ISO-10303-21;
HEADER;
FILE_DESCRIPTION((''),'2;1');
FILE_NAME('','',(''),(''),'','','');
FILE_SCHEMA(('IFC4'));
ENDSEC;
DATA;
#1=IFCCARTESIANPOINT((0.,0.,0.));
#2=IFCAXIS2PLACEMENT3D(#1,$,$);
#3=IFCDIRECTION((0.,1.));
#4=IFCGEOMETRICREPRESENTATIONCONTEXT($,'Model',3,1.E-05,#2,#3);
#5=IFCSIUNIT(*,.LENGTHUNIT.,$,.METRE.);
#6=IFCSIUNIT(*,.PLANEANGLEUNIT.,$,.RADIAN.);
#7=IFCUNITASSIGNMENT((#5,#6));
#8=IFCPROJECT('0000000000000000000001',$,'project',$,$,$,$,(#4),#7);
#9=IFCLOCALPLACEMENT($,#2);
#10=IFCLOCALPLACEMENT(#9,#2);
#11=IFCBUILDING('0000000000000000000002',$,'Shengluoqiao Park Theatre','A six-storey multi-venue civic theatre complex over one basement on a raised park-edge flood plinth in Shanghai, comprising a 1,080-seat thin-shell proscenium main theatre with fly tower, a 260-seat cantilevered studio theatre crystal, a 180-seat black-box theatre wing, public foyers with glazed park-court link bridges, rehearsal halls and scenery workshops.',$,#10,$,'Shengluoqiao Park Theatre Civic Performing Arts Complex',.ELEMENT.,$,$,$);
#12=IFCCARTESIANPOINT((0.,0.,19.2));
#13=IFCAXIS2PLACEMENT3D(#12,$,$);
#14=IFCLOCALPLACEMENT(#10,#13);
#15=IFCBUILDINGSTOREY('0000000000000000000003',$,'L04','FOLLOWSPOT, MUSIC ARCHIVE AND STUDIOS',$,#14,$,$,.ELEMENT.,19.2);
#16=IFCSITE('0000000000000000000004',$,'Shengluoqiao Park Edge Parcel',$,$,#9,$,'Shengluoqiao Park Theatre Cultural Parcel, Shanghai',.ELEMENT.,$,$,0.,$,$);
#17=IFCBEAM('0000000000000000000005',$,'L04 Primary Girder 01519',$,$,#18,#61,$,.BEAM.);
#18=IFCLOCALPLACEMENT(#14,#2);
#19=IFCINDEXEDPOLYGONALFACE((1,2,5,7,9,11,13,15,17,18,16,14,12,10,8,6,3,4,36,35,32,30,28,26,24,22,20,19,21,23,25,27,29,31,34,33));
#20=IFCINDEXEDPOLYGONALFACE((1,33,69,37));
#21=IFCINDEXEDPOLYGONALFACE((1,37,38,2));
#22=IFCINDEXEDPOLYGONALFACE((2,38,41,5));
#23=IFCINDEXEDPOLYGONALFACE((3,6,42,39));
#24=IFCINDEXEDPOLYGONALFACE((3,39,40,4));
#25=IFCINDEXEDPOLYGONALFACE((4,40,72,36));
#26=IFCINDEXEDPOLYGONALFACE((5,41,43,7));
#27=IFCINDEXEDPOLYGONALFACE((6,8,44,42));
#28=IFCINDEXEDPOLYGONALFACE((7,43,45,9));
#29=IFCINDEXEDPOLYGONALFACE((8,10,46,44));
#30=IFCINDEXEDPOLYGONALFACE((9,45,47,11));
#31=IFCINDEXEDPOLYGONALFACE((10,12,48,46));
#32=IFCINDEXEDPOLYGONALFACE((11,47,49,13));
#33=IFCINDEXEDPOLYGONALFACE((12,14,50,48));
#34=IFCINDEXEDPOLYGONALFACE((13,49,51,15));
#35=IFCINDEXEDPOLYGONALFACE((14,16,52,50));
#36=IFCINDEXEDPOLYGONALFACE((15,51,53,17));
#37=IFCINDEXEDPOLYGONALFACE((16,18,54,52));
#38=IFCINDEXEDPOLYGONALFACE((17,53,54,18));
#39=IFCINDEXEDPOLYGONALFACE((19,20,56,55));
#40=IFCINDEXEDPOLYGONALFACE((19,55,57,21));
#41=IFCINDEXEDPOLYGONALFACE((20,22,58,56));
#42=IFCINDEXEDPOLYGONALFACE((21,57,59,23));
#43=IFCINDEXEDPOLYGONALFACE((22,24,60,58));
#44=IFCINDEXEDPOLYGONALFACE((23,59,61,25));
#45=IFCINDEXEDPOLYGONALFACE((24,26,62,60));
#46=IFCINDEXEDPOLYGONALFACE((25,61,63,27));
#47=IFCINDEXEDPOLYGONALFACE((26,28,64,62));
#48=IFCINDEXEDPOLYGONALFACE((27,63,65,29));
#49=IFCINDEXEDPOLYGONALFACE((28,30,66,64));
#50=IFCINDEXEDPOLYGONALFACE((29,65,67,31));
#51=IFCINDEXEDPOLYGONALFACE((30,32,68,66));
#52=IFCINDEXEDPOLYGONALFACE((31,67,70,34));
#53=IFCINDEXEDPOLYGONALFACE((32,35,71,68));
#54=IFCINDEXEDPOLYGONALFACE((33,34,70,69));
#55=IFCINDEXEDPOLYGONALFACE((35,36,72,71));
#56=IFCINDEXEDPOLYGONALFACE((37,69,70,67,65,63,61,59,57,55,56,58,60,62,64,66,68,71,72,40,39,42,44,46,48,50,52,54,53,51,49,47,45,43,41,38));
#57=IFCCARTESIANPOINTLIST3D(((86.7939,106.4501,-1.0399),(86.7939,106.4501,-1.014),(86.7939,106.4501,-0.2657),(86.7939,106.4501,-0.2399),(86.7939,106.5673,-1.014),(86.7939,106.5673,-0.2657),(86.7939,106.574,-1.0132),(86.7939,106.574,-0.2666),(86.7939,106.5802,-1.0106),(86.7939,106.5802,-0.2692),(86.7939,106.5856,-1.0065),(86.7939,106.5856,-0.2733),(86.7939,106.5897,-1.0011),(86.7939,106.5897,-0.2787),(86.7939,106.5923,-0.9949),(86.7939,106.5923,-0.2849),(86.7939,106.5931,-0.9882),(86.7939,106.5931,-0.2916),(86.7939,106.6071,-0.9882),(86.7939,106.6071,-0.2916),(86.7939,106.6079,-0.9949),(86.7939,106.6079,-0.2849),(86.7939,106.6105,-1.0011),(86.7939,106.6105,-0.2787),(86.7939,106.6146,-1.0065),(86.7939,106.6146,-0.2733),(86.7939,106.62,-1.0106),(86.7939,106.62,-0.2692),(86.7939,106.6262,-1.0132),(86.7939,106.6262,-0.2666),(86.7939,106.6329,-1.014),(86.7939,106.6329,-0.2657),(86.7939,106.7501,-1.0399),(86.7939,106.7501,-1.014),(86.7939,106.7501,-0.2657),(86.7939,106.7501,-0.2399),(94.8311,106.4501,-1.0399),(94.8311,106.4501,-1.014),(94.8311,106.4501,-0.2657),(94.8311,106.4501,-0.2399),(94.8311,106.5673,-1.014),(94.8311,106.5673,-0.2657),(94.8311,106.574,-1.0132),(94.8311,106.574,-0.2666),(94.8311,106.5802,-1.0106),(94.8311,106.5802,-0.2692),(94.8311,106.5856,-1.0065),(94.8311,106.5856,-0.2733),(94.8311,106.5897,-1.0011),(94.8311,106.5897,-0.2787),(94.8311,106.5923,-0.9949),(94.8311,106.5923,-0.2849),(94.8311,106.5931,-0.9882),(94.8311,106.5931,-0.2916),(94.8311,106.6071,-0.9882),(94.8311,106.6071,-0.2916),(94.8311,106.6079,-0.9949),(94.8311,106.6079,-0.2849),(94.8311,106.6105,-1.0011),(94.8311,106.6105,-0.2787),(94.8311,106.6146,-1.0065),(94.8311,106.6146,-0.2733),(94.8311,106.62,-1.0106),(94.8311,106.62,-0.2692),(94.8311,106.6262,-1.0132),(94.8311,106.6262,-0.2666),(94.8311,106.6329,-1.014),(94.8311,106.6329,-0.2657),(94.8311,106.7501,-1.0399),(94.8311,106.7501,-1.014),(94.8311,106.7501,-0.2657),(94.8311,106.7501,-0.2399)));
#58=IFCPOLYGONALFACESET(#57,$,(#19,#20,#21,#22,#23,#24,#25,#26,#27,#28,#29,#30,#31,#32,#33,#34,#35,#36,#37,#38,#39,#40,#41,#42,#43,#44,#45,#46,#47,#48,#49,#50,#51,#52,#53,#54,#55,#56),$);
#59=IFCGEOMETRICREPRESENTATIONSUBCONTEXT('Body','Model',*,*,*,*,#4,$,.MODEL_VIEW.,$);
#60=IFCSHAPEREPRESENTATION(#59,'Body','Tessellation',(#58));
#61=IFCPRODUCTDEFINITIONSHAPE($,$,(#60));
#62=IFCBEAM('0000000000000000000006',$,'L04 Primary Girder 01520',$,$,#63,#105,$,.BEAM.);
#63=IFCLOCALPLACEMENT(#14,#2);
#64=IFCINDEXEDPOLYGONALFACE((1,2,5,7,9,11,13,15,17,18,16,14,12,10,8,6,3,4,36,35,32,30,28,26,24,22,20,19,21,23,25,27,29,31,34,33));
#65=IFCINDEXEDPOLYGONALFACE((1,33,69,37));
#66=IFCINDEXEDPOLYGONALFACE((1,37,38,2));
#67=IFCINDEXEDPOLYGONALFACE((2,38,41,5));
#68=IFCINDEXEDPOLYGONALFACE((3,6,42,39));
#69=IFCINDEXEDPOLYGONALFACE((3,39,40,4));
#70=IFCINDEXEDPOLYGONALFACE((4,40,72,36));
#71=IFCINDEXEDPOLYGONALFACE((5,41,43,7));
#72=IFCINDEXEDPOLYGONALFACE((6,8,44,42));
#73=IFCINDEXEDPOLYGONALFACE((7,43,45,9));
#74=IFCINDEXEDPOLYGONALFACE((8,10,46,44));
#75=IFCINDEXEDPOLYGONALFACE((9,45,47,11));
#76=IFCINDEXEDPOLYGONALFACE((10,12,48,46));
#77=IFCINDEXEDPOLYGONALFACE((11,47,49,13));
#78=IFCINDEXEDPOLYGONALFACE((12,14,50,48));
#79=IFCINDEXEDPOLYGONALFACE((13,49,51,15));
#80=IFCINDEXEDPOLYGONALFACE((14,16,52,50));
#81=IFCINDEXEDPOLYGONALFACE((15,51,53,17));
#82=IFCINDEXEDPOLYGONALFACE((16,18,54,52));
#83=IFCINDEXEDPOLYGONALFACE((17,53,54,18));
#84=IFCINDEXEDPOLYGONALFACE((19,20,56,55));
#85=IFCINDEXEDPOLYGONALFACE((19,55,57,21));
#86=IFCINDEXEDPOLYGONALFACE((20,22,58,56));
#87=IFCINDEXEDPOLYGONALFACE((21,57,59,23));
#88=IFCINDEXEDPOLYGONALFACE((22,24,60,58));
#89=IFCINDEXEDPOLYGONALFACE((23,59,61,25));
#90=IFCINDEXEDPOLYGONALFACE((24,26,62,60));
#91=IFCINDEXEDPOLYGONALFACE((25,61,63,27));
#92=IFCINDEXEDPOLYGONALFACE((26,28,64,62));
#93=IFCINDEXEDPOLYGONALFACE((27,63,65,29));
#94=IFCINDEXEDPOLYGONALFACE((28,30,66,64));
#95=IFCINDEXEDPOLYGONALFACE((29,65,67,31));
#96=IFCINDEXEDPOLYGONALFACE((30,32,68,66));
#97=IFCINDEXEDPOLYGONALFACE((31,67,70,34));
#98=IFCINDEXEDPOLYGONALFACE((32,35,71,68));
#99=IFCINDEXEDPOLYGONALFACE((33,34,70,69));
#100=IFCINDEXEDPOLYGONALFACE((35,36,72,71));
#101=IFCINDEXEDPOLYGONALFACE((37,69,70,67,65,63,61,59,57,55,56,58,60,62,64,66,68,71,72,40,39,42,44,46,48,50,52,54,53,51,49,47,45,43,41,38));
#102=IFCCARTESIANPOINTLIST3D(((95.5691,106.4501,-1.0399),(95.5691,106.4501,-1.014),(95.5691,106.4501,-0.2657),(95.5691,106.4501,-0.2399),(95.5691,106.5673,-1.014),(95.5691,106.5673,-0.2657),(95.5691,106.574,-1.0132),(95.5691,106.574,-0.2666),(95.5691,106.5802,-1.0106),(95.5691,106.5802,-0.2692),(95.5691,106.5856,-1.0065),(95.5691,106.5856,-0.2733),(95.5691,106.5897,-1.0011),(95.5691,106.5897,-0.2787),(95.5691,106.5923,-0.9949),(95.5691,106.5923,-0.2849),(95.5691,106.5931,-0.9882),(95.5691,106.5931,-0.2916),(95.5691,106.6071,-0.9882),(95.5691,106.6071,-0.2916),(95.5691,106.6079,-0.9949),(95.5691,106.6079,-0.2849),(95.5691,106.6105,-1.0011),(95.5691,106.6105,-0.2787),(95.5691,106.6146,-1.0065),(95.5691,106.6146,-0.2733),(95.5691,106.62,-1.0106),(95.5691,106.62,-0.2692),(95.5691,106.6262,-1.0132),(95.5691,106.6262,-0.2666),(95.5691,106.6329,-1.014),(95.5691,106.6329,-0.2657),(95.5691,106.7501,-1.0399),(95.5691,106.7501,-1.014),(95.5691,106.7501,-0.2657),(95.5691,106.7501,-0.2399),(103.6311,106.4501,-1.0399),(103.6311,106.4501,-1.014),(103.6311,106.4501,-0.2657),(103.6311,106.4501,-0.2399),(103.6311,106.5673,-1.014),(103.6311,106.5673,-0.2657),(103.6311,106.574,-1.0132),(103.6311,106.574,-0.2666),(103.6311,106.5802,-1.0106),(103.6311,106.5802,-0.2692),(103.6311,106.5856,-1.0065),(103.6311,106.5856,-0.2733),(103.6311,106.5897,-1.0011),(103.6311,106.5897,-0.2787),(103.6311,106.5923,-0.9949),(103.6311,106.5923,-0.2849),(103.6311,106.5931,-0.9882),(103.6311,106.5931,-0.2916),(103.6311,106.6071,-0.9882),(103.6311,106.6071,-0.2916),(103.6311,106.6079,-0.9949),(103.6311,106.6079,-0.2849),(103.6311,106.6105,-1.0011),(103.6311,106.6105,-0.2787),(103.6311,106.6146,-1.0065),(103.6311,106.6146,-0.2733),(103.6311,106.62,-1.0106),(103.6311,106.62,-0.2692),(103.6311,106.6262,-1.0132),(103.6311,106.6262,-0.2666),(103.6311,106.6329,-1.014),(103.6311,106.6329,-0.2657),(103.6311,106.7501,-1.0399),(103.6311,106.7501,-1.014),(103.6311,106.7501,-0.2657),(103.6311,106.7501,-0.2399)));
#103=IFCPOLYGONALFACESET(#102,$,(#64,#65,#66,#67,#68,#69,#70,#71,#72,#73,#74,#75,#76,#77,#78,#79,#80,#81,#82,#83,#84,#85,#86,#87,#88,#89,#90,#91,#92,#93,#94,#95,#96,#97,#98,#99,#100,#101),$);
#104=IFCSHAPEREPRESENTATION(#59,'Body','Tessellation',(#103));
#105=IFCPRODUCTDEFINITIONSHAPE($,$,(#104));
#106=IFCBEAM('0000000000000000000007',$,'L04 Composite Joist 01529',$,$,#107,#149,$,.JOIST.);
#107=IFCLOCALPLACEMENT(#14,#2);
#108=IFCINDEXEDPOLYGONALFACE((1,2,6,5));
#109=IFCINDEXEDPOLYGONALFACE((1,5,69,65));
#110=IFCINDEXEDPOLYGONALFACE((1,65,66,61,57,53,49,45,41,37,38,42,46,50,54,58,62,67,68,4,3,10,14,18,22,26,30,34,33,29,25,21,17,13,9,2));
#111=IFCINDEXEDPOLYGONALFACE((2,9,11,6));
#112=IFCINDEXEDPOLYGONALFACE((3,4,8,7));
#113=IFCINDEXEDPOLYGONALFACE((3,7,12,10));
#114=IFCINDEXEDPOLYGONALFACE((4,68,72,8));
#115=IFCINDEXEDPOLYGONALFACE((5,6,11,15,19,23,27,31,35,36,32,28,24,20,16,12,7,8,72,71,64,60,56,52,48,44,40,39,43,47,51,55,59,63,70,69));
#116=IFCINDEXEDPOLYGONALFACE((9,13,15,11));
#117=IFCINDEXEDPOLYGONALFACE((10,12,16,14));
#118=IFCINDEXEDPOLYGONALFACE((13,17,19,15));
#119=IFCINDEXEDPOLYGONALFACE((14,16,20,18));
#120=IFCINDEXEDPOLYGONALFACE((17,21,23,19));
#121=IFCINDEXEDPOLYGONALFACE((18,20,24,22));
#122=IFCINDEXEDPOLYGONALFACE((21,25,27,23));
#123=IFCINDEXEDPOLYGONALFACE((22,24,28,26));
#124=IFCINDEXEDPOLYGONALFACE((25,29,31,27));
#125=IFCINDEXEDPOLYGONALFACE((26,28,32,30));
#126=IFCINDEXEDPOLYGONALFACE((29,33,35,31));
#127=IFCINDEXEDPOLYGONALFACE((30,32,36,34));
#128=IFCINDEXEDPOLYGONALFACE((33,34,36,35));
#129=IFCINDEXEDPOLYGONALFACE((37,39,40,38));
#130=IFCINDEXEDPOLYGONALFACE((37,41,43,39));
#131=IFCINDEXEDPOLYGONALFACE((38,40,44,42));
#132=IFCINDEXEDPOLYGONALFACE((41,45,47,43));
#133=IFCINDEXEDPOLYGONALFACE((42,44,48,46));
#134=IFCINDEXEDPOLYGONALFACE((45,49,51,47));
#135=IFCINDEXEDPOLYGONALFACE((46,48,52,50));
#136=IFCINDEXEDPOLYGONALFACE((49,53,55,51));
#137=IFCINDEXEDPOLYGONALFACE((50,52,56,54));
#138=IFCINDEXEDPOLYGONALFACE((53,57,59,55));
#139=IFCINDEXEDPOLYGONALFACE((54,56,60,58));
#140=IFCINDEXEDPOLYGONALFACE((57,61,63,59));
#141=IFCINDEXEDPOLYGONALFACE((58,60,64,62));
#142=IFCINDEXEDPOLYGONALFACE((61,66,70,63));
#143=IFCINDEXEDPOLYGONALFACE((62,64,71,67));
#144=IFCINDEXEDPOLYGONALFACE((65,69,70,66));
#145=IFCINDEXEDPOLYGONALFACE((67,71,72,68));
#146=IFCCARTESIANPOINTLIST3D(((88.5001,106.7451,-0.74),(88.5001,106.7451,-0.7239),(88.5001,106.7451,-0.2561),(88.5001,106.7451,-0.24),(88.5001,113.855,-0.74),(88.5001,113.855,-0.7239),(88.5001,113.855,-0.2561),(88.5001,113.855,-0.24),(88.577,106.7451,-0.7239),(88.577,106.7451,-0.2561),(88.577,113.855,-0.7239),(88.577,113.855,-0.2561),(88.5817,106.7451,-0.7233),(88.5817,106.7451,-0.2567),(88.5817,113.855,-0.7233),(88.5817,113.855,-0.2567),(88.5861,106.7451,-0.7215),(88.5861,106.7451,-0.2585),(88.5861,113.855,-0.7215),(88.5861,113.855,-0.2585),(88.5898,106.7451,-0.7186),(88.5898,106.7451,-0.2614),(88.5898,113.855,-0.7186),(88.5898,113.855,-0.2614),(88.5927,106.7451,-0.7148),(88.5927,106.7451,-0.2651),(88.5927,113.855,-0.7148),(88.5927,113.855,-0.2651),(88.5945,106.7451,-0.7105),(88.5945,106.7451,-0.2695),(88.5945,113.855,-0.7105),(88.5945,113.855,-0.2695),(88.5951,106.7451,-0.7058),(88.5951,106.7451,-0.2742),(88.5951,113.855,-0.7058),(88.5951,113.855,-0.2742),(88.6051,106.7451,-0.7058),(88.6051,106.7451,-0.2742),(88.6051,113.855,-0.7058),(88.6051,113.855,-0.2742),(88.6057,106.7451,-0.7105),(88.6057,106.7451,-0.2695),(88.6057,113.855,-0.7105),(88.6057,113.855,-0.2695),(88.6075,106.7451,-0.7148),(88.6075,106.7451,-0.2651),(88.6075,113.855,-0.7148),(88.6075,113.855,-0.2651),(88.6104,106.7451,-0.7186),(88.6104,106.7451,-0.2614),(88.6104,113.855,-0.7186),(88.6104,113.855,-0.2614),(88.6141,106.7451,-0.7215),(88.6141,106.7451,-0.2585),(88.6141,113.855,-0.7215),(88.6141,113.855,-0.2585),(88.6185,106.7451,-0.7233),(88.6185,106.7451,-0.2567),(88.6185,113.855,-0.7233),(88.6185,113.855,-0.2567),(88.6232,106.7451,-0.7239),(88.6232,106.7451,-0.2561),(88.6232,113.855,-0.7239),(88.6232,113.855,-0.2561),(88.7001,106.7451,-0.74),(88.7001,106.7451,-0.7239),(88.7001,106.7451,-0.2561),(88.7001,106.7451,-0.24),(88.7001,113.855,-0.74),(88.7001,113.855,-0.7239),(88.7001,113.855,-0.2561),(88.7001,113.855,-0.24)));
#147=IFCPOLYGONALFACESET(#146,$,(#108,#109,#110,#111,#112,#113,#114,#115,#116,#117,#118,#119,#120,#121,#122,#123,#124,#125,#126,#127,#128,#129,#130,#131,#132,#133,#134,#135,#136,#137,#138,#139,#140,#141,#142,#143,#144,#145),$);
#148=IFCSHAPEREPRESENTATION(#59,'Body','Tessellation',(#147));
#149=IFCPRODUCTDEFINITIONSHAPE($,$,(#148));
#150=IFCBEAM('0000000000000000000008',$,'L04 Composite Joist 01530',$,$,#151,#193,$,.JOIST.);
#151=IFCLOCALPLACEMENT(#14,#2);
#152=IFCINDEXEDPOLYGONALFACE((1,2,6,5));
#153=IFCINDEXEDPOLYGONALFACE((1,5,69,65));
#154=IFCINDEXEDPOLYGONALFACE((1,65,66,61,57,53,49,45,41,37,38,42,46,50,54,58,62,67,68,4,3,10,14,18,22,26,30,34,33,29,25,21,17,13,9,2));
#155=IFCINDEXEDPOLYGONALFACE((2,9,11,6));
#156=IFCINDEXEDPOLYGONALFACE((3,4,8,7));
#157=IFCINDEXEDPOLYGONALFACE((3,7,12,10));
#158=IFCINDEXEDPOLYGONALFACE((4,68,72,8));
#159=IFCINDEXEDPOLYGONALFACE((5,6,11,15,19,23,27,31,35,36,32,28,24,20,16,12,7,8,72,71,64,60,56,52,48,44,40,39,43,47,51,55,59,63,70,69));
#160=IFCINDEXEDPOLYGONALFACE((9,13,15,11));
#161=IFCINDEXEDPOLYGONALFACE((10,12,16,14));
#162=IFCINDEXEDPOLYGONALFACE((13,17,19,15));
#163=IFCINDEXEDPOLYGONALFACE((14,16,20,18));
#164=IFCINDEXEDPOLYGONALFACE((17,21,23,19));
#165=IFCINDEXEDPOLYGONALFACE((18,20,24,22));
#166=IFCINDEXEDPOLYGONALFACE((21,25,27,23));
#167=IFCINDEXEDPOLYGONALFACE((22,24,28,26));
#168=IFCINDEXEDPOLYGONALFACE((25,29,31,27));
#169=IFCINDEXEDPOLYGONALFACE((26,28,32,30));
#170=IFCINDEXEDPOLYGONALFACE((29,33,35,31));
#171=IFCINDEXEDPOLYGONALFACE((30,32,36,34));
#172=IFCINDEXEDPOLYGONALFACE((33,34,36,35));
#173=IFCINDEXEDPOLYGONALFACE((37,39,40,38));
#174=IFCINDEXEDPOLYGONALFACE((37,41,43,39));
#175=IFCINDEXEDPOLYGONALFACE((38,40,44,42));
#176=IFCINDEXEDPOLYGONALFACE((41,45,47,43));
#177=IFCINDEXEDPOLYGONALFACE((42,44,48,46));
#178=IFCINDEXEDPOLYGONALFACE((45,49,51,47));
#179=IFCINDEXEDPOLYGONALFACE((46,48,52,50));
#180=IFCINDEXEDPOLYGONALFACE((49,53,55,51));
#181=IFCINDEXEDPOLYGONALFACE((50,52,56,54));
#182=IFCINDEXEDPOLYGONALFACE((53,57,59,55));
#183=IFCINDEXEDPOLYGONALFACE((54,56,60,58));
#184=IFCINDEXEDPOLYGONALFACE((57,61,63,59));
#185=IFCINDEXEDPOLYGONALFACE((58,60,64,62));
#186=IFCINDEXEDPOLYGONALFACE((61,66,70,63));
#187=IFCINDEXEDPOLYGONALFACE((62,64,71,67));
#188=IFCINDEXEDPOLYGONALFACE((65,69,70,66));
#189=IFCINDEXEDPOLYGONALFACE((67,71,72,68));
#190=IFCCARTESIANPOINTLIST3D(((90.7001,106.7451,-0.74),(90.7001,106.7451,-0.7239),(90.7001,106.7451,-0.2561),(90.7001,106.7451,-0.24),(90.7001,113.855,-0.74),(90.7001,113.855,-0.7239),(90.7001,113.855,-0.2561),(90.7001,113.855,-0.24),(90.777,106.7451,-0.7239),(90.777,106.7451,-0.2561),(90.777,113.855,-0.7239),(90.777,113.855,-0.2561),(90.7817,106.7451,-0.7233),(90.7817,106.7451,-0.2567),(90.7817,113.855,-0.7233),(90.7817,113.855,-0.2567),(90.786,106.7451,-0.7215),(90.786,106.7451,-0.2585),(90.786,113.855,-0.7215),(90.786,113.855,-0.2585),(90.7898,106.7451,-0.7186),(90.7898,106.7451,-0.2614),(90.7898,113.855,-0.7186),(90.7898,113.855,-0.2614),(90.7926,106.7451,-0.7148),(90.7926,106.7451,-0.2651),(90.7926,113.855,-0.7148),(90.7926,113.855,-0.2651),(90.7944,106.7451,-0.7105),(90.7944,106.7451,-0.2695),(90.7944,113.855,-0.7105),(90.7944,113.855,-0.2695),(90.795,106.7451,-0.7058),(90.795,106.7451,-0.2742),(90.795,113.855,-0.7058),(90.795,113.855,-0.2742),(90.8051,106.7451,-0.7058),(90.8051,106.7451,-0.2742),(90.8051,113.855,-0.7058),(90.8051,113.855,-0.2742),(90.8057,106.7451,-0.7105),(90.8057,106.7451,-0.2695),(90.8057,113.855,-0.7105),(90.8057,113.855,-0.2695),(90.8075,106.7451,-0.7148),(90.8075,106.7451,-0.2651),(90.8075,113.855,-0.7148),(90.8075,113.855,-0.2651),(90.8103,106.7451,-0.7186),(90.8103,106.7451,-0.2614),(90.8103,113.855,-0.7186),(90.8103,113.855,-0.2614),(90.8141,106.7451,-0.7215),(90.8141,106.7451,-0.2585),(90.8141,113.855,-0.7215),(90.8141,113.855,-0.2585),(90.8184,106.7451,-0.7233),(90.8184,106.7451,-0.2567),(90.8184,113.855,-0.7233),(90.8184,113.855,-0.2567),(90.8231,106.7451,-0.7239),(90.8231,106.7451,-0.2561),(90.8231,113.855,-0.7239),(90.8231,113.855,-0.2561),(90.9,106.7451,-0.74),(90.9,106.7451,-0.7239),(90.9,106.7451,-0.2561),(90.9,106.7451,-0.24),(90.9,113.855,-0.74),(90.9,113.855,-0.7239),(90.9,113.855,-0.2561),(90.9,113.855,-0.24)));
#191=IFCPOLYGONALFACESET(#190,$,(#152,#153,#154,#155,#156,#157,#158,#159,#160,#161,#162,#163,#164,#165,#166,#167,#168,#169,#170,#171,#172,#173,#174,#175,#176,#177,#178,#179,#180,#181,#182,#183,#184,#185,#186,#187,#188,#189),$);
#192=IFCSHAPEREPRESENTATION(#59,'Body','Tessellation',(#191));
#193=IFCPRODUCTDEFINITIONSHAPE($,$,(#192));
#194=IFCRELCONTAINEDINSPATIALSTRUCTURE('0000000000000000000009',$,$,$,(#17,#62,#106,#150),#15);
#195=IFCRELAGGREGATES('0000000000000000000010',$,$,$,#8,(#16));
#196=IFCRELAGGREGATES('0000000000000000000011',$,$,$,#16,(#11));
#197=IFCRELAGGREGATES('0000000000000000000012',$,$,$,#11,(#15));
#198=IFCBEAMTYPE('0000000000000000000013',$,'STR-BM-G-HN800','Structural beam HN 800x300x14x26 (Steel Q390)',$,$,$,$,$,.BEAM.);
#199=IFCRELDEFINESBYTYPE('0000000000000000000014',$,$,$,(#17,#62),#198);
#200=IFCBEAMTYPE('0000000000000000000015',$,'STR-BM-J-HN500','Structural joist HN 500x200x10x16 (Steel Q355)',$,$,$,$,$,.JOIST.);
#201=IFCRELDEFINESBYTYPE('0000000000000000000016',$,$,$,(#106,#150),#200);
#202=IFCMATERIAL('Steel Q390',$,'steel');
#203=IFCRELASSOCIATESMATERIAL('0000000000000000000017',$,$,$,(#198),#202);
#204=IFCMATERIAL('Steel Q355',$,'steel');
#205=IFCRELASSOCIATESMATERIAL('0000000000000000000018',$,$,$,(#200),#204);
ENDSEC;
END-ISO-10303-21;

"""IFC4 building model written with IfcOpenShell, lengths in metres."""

from ifc_helpers import new_model, si_unit, direction, frame, origin, origin_2d, place, context, subcontext, project, spatial, i_section, extrude, material, material_profile, profile_set, type_object, element, save


model = new_model("IFC4")

# Units and contexts
model_context = context("Model", 3, precision=1e-05, world=origin(), true_north=direction((0.0, 1.0)))
body_context = subcontext(model_context, "Body", "Model", "MODEL_VIEW")
ifc_project = project(units=[si_unit("LENGTHUNIT", "METRE"), si_unit("PLANEANGLEUNIT", "RADIAN")], contexts=[model_context])

# Site, building, storey
site_placement = place(None, origin())
site = spatial("IfcSite", under=ifc_project, at=site_placement, Name="Shengluoqiao Park Edge Parcel", LongName="Shengluoqiao Park Theatre Cultural Parcel, Shanghai", CompositionType="ELEMENT", RefElevation=0.0)
building_placement = place(site_placement, origin())
building = spatial("IfcBuilding", under=site, at=building_placement, Name="Shengluoqiao Park Theatre", Description="A six-storey multi-venue civic theatre complex over one basement on a raised park-edge flood plinth in Shanghai, comprising a 1,080-seat thin-shell proscenium main theatre with fly tower, a 260-seat cantilevered studio theatre crystal, a 180-seat black-box theatre wing, public foyers with glazed park-court link bridges, rehearsal halls and scenery workshops.", LongName="Shengluoqiao Park Theatre Civic Performing Arts Complex", CompositionType="ELEMENT")
storey_placement = place(building_placement, frame((0.0, 0.0, 19.2)))
storey = spatial("IfcBuildingStorey", under=building, at=storey_placement, Name="L04", Description="FOLLOWSPOT, MUSIC ARCHIVE AND STUDIOS", CompositionType="ELEMENT", Elevation=19.2)

# Beams
ifc_material_1 = material(Name="Steel Q355", Category="steel")
ifc_material_2 = material(Name="Steel Q390", Category="steel")
ifc_material_profile_1 = material_profile(ifc_material_2, i_section(OverallWidth=0.3, OverallDepth=0.8, WebThickness=0.0139, FlangeThickness=0.0259, FilletRadius=0.0259, at=origin_2d()), Name="HN 800x300x14x26")
ifc_profile_set_1 = profile_set([ifc_material_profile_1], Name="Steel Q390")
beam_type_1 = type_object("IfcBeamType", Name="STR-BM-G-HN800", Description="Structural beam HN 800x300x14x26 (Steel Q390)", PredefinedType="BEAM", material=ifc_profile_set_1)
beam_1_placement = place(storey_placement, frame((86.7939, 106.6001, -0.6399), z_axis=(1.0, 0.0, 0.0), x_axis=(0.0, 1.0, 0.0)))
element("IfcBeam", 1, at=beam_1_placement, inside=storey, type_object=beam_type_1, Name="L04 Primary Girder 01519", PredefinedType="BEAM", context=body_context, shape_type="SweptSolid", body=[
    extrude(i_section(OverallWidth=0.3, OverallDepth=0.8, WebThickness=0.0139, FlangeThickness=0.0259, FilletRadius=0.0259, at=origin_2d()), origin(), (0.0, 0.0, 1.0), 8.0371),
])
beam_2_placement = place(storey_placement, frame((95.5691, 106.6001, -0.6399), z_axis=(1.0, 0.0, 0.0), x_axis=(0.0, 1.0, 0.0)))
element("IfcBeam", 2, at=beam_2_placement, inside=storey, type_object=beam_type_1, Name="L04 Primary Girder 01520", PredefinedType="BEAM", context=body_context, shape_type="SweptSolid", body=[
    extrude(i_section(OverallWidth=0.3, OverallDepth=0.8, WebThickness=0.0139, FlangeThickness=0.0259, FilletRadius=0.0259, at=origin_2d()), origin(), (0.0, 0.0, 1.0), 8.062),
])
ifc_material_profile_2 = material_profile(ifc_material_1, i_section(OverallWidth=0.2, OverallDepth=0.5, WebThickness=0.01, FlangeThickness=0.0161, FilletRadius=0.0181, at=origin_2d()), Name="HN 500x200x10x16")
ifc_profile_set_2 = profile_set([ifc_material_profile_2], Name="Steel Q355")
beam_type_2 = type_object("IfcBeamType", Name="STR-BM-J-HN500", Description="Structural joist HN 500x200x10x16 (Steel Q355)", PredefinedType="JOIST", material=ifc_profile_set_2)
for number, where, z_axis, x_axis, name in (
    (3, (88.6001, 106.7451, -0.49), (0.0, 1.0, 0.0), (-1.0, 0.0, 0.0), "L04 Composite Joist 01529"),
    (4, (90.8, 106.7451, -0.49), (0.0, 1.0, 0.0), (-1.0, 0.0, 0.0), "L04 Composite Joist 01530"),
):
    element("IfcBeam", number, at=place(storey_placement, frame(where, z_axis=z_axis, x_axis=x_axis)), inside=storey, type_object=beam_type_2, Name=name, PredefinedType="JOIST", context=body_context, shape_type="SweptSolid", body=[
        extrude(i_section(OverallWidth=0.2, OverallDepth=0.5, WebThickness=0.01, FlangeThickness=0.0161, FilletRadius=0.0181, at=origin_2d()), origin(), (0.0, 0.0, 1.0), 7.1099),
    ])

save(model, "model.ifc")
